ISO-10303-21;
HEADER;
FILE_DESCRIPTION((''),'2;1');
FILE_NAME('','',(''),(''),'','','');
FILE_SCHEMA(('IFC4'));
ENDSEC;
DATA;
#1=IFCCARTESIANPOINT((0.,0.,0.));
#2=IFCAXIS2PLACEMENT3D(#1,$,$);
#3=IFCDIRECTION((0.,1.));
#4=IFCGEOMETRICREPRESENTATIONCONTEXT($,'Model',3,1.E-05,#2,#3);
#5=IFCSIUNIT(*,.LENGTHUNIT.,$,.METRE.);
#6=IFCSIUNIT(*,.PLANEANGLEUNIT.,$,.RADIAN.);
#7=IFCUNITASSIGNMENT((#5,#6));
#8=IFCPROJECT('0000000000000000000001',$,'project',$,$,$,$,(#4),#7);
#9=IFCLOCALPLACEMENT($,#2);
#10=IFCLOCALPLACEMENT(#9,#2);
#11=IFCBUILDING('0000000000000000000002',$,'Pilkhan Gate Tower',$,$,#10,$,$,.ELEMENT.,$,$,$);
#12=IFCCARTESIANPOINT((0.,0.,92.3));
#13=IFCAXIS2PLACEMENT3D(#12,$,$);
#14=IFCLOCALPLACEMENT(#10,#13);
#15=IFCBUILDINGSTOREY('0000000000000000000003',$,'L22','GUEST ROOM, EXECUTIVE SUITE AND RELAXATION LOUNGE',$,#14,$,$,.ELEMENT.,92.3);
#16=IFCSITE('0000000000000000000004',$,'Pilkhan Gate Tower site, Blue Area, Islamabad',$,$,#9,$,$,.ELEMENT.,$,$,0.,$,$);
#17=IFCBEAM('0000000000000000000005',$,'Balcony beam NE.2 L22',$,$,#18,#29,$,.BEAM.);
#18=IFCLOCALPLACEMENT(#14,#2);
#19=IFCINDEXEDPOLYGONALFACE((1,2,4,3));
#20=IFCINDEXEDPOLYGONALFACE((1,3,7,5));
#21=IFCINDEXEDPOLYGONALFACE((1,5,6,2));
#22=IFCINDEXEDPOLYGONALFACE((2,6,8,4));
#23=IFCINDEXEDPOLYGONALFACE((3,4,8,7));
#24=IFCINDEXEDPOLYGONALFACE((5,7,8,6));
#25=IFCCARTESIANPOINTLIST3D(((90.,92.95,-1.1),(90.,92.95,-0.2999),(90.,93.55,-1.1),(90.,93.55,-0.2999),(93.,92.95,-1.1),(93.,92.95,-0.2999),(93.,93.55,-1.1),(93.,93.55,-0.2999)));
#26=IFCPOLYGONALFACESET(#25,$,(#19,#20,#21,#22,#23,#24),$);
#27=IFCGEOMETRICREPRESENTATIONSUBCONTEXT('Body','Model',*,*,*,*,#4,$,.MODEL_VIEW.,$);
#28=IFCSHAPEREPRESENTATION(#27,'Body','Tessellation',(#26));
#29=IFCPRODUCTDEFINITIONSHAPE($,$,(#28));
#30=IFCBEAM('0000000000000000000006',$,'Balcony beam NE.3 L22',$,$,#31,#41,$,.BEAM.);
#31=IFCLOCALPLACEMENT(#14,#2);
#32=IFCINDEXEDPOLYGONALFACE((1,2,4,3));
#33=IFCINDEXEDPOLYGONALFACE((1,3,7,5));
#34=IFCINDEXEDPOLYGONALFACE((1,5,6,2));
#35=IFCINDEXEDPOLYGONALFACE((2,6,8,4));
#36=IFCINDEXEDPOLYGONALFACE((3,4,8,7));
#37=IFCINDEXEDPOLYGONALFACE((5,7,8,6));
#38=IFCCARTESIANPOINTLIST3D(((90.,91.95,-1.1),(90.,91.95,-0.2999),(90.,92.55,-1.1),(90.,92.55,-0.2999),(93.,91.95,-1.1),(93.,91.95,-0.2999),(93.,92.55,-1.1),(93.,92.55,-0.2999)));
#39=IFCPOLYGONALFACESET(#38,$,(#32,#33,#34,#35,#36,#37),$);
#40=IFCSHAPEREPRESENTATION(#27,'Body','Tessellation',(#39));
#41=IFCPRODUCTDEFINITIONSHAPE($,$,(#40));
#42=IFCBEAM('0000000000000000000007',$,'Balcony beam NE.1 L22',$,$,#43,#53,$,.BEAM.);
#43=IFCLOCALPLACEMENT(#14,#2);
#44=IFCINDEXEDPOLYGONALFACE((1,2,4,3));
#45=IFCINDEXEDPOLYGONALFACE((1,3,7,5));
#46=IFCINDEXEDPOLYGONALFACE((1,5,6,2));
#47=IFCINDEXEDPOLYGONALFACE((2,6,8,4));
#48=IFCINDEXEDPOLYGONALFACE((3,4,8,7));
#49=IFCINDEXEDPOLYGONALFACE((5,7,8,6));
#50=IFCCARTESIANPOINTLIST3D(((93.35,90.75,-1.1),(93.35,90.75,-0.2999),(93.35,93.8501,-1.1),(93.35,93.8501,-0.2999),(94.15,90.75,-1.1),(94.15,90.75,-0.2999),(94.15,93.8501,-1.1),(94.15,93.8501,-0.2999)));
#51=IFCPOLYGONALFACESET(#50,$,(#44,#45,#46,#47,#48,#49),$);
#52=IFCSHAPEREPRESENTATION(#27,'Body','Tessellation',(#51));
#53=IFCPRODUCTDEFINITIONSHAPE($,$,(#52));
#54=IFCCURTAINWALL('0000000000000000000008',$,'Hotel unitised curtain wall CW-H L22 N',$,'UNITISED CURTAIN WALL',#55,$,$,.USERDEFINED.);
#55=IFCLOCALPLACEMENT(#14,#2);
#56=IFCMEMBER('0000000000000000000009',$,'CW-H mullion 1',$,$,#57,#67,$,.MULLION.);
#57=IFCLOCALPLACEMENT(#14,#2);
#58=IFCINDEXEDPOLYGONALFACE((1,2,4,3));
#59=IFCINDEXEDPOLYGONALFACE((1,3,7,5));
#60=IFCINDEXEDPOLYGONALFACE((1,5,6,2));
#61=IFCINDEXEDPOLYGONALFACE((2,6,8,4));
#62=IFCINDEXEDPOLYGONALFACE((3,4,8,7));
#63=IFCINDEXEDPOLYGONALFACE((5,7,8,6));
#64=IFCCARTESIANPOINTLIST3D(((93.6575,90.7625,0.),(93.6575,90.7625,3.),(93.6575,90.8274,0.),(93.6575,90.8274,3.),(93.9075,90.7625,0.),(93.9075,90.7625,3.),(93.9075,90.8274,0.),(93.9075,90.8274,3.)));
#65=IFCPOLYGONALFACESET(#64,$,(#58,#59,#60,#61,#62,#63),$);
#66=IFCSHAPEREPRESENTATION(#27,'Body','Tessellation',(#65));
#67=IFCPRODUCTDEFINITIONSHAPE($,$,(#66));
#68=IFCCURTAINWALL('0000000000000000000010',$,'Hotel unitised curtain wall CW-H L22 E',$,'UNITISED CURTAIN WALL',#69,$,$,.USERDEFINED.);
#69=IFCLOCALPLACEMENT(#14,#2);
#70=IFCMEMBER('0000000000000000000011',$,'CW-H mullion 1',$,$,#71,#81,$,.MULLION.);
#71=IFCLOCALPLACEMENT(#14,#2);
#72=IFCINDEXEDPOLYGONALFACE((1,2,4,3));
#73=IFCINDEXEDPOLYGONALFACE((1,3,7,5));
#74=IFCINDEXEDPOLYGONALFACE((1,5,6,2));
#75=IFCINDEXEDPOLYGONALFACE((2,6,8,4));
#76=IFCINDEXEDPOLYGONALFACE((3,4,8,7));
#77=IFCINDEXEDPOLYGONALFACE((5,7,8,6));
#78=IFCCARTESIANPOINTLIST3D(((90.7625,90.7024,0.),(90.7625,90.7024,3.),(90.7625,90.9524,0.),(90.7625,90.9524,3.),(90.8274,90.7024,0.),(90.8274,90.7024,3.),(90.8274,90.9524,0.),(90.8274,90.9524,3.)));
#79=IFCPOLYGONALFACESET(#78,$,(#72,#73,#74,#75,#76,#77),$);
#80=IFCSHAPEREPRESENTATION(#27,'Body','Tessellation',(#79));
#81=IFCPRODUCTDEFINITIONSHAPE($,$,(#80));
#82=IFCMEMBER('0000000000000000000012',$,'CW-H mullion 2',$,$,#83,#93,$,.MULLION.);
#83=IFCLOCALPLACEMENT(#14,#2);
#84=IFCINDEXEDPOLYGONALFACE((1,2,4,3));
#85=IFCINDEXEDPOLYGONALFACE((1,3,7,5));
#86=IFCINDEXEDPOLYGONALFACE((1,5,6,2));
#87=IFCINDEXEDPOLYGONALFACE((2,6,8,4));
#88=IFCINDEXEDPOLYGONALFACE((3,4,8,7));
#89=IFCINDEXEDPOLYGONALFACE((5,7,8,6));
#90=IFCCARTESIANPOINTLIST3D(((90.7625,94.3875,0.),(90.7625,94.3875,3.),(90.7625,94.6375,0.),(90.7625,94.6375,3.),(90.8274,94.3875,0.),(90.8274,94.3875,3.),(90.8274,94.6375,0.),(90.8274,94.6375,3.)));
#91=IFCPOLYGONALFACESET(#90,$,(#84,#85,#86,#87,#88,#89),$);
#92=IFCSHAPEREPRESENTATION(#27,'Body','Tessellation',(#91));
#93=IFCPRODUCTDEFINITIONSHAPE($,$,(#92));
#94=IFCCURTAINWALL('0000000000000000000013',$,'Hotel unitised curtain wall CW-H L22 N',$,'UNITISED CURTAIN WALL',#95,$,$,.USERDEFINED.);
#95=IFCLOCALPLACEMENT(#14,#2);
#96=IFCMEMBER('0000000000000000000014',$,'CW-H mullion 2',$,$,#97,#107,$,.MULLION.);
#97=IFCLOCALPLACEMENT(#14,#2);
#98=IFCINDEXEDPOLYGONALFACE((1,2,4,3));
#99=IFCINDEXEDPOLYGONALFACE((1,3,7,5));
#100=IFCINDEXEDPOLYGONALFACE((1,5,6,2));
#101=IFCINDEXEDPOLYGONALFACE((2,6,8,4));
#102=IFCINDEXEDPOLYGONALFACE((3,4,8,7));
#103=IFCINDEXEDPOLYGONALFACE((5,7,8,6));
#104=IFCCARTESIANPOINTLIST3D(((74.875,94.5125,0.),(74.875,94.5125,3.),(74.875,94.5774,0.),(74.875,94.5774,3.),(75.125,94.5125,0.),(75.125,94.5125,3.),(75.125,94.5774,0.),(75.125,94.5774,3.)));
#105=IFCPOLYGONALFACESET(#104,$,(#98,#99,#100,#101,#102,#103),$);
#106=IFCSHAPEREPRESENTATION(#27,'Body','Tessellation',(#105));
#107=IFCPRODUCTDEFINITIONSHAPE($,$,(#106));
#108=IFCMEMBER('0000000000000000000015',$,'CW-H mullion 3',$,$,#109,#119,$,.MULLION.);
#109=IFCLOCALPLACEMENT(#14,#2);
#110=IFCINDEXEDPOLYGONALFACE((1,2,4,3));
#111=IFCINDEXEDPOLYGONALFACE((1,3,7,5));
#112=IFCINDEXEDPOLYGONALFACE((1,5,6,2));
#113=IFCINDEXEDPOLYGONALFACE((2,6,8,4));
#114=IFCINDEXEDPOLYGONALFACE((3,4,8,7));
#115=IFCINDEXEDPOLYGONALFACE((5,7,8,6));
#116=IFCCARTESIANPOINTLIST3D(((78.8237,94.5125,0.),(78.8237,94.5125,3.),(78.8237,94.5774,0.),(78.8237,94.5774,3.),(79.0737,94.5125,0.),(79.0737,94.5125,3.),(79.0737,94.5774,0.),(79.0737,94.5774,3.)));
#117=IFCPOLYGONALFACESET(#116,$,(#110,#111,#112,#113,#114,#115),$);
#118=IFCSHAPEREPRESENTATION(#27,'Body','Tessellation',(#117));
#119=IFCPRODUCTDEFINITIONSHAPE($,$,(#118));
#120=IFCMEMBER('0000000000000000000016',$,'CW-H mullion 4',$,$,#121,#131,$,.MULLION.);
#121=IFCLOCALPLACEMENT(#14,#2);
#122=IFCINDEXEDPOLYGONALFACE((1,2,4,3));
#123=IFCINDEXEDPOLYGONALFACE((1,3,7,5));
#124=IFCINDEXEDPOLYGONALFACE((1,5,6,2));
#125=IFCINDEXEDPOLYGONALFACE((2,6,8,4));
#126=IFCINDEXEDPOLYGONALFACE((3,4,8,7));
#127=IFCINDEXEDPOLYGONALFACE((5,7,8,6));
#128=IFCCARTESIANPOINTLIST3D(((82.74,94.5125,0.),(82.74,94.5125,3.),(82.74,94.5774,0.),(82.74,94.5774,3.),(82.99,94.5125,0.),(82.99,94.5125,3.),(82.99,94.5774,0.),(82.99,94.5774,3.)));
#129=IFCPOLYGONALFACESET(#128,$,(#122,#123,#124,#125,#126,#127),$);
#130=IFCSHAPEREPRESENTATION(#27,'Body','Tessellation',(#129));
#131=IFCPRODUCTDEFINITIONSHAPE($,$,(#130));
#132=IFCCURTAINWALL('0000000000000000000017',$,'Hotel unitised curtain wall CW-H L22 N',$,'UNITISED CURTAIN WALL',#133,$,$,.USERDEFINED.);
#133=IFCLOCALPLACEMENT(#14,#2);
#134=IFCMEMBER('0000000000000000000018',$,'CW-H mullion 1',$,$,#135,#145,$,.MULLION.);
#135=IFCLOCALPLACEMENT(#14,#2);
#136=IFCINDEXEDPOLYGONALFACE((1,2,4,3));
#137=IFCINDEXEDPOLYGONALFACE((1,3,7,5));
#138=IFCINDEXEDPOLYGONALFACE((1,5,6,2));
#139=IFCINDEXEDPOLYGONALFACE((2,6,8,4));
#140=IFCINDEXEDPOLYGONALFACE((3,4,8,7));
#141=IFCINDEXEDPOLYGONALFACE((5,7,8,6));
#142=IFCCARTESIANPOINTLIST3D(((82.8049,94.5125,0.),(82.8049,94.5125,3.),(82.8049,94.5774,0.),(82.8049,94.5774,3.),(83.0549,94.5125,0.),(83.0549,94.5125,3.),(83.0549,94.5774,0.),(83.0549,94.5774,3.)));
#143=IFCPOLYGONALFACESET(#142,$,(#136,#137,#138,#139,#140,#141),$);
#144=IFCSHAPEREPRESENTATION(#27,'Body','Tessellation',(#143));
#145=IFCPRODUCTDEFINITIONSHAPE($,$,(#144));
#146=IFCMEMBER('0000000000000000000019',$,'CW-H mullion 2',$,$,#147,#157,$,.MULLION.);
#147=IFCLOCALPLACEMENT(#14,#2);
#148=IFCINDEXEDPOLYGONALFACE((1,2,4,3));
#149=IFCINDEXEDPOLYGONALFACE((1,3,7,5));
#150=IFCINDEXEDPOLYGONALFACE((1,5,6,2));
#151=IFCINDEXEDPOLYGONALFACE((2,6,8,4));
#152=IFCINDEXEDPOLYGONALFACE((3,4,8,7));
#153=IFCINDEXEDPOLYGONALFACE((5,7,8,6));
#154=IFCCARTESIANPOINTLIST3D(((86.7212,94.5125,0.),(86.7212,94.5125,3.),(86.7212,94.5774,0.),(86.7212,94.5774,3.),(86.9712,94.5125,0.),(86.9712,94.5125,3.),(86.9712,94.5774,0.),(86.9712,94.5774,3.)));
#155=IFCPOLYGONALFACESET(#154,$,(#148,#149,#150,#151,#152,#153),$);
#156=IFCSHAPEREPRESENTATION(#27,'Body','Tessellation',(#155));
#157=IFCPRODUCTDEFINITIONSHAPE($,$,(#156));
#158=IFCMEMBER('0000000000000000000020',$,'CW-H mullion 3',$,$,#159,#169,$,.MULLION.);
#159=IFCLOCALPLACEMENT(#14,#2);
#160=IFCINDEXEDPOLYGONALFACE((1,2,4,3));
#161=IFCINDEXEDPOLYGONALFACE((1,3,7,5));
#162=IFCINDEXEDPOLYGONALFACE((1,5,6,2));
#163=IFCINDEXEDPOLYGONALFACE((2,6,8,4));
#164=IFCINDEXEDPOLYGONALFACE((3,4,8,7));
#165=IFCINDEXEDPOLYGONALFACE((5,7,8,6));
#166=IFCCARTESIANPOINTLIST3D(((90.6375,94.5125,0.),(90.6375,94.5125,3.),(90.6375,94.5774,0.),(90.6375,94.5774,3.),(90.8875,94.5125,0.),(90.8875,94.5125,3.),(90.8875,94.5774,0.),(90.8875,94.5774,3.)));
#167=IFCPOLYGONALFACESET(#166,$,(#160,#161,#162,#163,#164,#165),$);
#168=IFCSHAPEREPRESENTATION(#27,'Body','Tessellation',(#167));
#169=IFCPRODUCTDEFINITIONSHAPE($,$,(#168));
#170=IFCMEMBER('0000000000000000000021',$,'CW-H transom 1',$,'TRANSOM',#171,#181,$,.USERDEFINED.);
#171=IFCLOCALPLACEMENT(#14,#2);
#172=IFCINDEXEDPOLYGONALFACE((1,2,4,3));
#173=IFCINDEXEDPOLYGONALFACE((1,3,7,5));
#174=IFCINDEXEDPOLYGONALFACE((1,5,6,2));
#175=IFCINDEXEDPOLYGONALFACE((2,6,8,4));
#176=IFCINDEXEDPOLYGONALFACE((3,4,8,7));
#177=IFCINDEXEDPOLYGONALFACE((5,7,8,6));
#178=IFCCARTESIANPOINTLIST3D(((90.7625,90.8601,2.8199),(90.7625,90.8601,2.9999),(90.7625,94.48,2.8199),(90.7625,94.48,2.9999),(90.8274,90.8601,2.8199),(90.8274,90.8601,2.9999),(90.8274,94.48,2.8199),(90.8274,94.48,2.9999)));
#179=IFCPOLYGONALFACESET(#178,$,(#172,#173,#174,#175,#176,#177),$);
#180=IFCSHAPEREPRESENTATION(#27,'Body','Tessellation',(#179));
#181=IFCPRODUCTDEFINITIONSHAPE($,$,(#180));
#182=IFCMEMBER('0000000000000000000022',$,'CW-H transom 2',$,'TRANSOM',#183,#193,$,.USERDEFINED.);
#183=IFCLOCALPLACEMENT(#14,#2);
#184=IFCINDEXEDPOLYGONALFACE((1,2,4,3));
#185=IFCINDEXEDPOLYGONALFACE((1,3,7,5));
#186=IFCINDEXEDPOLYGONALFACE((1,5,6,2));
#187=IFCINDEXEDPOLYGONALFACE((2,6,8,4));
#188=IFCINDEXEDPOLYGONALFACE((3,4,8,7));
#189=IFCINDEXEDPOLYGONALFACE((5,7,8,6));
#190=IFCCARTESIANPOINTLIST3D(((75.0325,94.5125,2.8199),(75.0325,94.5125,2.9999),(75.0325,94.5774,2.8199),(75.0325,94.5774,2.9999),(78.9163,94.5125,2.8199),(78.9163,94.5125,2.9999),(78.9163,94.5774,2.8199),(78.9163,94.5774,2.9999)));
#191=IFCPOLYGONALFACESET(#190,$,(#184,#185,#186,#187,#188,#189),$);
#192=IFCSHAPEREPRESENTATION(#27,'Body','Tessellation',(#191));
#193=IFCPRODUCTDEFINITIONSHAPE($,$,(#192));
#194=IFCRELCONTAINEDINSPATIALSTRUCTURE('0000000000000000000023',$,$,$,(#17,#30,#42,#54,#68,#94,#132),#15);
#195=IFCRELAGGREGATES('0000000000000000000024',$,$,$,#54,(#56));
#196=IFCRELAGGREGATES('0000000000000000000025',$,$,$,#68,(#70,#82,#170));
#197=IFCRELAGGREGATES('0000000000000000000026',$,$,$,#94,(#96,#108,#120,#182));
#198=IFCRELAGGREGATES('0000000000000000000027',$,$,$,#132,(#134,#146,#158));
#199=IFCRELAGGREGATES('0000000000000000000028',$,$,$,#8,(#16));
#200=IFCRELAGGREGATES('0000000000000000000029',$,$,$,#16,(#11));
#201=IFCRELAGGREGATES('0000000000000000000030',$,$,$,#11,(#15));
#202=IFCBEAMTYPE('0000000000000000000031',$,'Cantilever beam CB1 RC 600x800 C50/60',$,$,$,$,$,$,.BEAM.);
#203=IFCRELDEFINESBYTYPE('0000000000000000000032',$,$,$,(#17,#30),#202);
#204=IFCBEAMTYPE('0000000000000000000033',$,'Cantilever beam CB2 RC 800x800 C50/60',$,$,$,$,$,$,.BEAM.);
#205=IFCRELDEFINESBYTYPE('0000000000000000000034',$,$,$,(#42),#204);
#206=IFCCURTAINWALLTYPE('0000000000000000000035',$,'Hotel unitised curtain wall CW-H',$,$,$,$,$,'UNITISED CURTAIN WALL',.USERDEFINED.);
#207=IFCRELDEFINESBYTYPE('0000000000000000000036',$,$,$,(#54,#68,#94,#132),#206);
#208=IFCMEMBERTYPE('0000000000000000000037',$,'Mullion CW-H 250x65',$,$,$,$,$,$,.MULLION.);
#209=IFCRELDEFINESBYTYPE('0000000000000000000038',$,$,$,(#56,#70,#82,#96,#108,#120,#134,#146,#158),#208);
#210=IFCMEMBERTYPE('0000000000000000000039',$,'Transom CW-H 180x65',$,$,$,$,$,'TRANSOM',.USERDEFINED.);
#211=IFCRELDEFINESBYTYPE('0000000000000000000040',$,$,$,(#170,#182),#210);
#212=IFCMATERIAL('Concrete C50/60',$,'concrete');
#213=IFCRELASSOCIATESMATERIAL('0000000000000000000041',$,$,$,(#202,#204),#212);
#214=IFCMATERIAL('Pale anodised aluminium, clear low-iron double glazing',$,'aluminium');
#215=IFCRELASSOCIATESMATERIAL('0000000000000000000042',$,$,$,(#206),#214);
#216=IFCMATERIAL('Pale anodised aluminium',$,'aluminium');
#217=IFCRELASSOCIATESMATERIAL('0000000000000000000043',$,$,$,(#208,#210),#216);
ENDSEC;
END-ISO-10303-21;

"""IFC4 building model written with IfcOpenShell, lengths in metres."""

from ifc_helpers import new_model, si_unit, direction, frame, origin, origin_2d, place, context, subcontext, project, spatial, rectangle, extrude, material, material_profile, profile_set, type_object, element, aggregate, save


model = new_model("IFC4")

# Units and contexts
model_context = context("Model", 3, precision=1e-05, world=origin(), true_north=direction((0.0, 1.0)))
body_context = subcontext(model_context, "Body", "Model", "MODEL_VIEW")
ifc_project = project(units=[si_unit("LENGTHUNIT", "METRE"), si_unit("PLANEANGLEUNIT", "RADIAN")], contexts=[model_context])

# Site, building, storey
site_placement = place(None, origin())
site = spatial("IfcSite", under=ifc_project, at=site_placement, Name="Pilkhan Gate Tower site, Blue Area, Islamabad", CompositionType="ELEMENT", RefElevation=0.0)
building_placement = place(site_placement, origin())
building = spatial("IfcBuilding", under=site, at=building_placement, Name="Pilkhan Gate Tower", CompositionType="ELEMENT")
storey_placement = place(building_placement, frame((0.0, 0.0, 92.3)))
storey = spatial("IfcBuildingStorey", under=building, at=storey_placement, Name="L22", Description="GUEST ROOM, EXECUTIVE SUITE AND RELAXATION LOUNGE", CompositionType="ELEMENT", Elevation=92.3)

# Beams
ifc_material_1 = material(Name="Concrete C50/60", Category="concrete")
ifc_material_profile_1 = material_profile(ifc_material_1, rectangle(XDim=0.6001, YDim=0.8, at=origin_2d()), Name="RC 600x800")
ifc_profile_set_1 = profile_set([ifc_material_profile_1], Name="Concrete C50/60")
beam_type_1 = type_object("IfcBeamType", Name="Cantilever beam CB1 RC 600x800 C50/60", PredefinedType="BEAM", material=ifc_profile_set_1)
for number, where, z_axis, x_axis, name in (
    (1, (90.0, 93.25, -0.7), (1.0, 0.0, 0.0), (0.0, 1.0, 0.0), "Balcony beam NE.2 L22"),
    (2, (90.0, 92.25, -0.7), (1.0, 0.0, 0.0), (0.0, 1.0, 0.0), "Balcony beam NE.3 L22"),
):
    element("IfcBeam", number, at=place(storey_placement, frame(where, z_axis=z_axis, x_axis=x_axis)), inside=storey, type_object=beam_type_1, Name=name, PredefinedType="BEAM", context=body_context, shape_type="SweptSolid", body=[
        extrude(rectangle(XDim=0.6001, YDim=0.8, at=origin_2d()), origin(), (0.0, 0.0, 1.0), 3.0),
    ])
ifc_material_profile_2 = material_profile(ifc_material_1, rectangle(XDim=0.8, YDim=0.8, at=origin_2d()), Name="RC 800x800")
ifc_profile_set_2 = profile_set([ifc_material_profile_2], Name="Concrete C50/60")
beam_type_2 = type_object("IfcBeamType", Name="Cantilever beam CB2 RC 800x800 C50/60", PredefinedType="BEAM", material=ifc_profile_set_2)
beam_placement = place(storey_placement, frame((93.75, 90.75, -0.7), z_axis=(0.0, 1.0, 0.0), x_axis=(-1.0, 0.0, 0.0)))
element("IfcBeam", 3, at=beam_placement, inside=storey, type_object=beam_type_2, Name="Balcony beam NE.1 L22", PredefinedType="BEAM", context=body_context, shape_type="SweptSolid", body=[
    extrude(rectangle(XDim=0.8, YDim=0.8, at=origin_2d()), origin(), (0.0, 0.0, 1.0), 3.1001),
])

# Curtain wall, member
ifc_material_2 = material(Name="Pale anodised aluminium, clear low-iron double glazing", Category="aluminium")
curtain_wall_type = type_object("IfcCurtainWallType", Name="Hotel unitised curtain wall CW-H", ElementType="UNITISED CURTAIN WALL", PredefinedType="USERDEFINED", material=ifc_material_2)
curtain_wall_1_placement = place(storey_placement, origin())
curtain_wall_1 = element("IfcCurtainWall", 4, at=curtain_wall_1_placement, inside=storey, type_object=curtain_wall_type, Name="Hotel unitised curtain wall CW-H L22 N", ObjectType="UNITISED CURTAIN WALL", PredefinedType="USERDEFINED")
ifc_material_3 = material(Name="Pale anodised aluminium", Category="aluminium")
ifc_material_profile_3 = material_profile(ifc_material_3, rectangle(XDim=0.0649, YDim=0.25, at=origin_2d()), Name="Mullion 250x65")
ifc_profile_set_3 = profile_set([ifc_material_profile_3], Name="Pale anodised aluminium")
member_type_1 = type_object("IfcMemberType", Name="Mullion CW-H 250x65", PredefinedType="MULLION", material=ifc_profile_set_3)
member_1_placement = place(storey_placement, frame((93.7825, 90.7949, 0.0), z_axis=(0.0, 0.0, 1.0), x_axis=(0.0, 1.0, 0.0)))
member_1 = element("IfcMember", 5, at=member_1_placement, type_object=member_type_1, Name="CW-H mullion 1", PredefinedType="MULLION", context=body_context, shape_type="SweptSolid", body=[
    extrude(rectangle(XDim=0.0649, YDim=0.25, at=origin_2d()), origin(), (0.0, 0.0, 1.0), 3.0),
])
aggregate(curtain_wall_1, [member_1])

# Curtain walls, members
curtain_wall_2_placement = place(storey_placement, origin())
curtain_wall_2 = element("IfcCurtainWall", 6, at=curtain_wall_2_placement, inside=storey, type_object=curtain_wall_type, Name="Hotel unitised curtain wall CW-H L22 E", ObjectType="UNITISED CURTAIN WALL", PredefinedType="USERDEFINED")
member_2_placement = place(storey_placement, frame((90.7949, 90.8274, 0.0), z_axis=(0.0, 0.0, 1.0), x_axis=(-1.0, 0.0, 0.0)))
member_2 = element("IfcMember", 7, at=member_2_placement, type_object=member_type_1, Name="CW-H mullion 1", PredefinedType="MULLION", context=body_context, shape_type="SweptSolid", body=[
    extrude(rectangle(XDim=0.0649, YDim=0.25, at=origin_2d()), origin(), (0.0, 0.0, 1.0), 3.0),
])
member_3_placement = place(storey_placement, frame((90.7949, 94.5125, 0.0), z_axis=(0.0, 0.0, 1.0), x_axis=(-1.0, 0.0, 0.0)))
member_3 = element("IfcMember", 8, at=member_3_placement, type_object=member_type_1, Name="CW-H mullion 2", PredefinedType="MULLION", context=body_context, shape_type="SweptSolid", body=[
    extrude(rectangle(XDim=0.0649, YDim=0.25, at=origin_2d()), origin(), (0.0, 0.0, 1.0), 3.0),
])
curtain_wall_3_placement = place(storey_placement, origin())
curtain_wall_3 = element("IfcCurtainWall", 9, at=curtain_wall_3_placement, inside=storey, type_object=curtain_wall_type, Name="Hotel unitised curtain wall CW-H L22 N", ObjectType="UNITISED CURTAIN WALL", PredefinedType="USERDEFINED")
member_4_placement = place(storey_placement, frame((75.0, 94.5449, 0.0), z_axis=(0.0, 0.0, 1.0), x_axis=(0.0, 1.0, 0.0)))
member_4 = element("IfcMember", 10, at=member_4_placement, type_object=member_type_1, Name="CW-H mullion 2", PredefinedType="MULLION", context=body_context, shape_type="SweptSolid", body=[
    extrude(rectangle(XDim=0.0649, YDim=0.25, at=origin_2d()), origin(), (0.0, 0.0, 1.0), 3.0),
])
member_5_placement = place(storey_placement, frame((78.9487, 94.5449, 0.0), z_axis=(0.0, 0.0, 1.0), x_axis=(0.0, 1.0, 0.0)))
member_5 = element("IfcMember", 11, at=member_5_placement, type_object=member_type_1, Name="CW-H mullion 3", PredefinedType="MULLION", context=body_context, shape_type="SweptSolid", body=[
    extrude(rectangle(XDim=0.0649, YDim=0.25, at=origin_2d()), origin(), (0.0, 0.0, 1.0), 3.0),
])
member_6_placement = place(storey_placement, frame((82.865, 94.5449, 0.0), z_axis=(0.0, 0.0, 1.0), x_axis=(0.0, 1.0, 0.0)))
member_6 = element("IfcMember", 12, at=member_6_placement, type_object=member_type_1, Name="CW-H mullion 4", PredefinedType="MULLION", context=body_context, shape_type="SweptSolid", body=[
    extrude(rectangle(XDim=0.0649, YDim=0.25, at=origin_2d()), origin(), (0.0, 0.0, 1.0), 3.0),
])
curtain_wall_4_placement = place(storey_placement, origin())
curtain_wall_4 = element("IfcCurtainWall", 13, at=curtain_wall_4_placement, inside=storey, type_object=curtain_wall_type, Name="Hotel unitised curtain wall CW-H L22 N", ObjectType="UNITISED CURTAIN WALL", PredefinedType="USERDEFINED")
member_7_placement = place(storey_placement, frame((82.9299, 94.5449, 0.0), z_axis=(0.0, 0.0, 1.0), x_axis=(0.0, 1.0, 0.0)))
member_7 = element("IfcMember", 14, at=member_7_placement, type_object=member_type_1, Name="CW-H mullion 1", PredefinedType="MULLION", context=body_context, shape_type="SweptSolid", body=[
    extrude(rectangle(XDim=0.0649, YDim=0.25, at=origin_2d()), origin(), (0.0, 0.0, 1.0), 3.0),
])
member_8_placement = place(storey_placement, frame((86.8462, 94.5449, 0.0), z_axis=(0.0, 0.0, 1.0), x_axis=(0.0, 1.0, 0.0)))
member_8 = element("IfcMember", 15, at=member_8_placement, type_object=member_type_1, Name="CW-H mullion 2", PredefinedType="MULLION", context=body_context, shape_type="SweptSolid", body=[
    extrude(rectangle(XDim=0.0649, YDim=0.25, at=origin_2d()), origin(), (0.0, 0.0, 1.0), 3.0),
])
member_9_placement = place(storey_placement, frame((90.7625, 94.5449, 0.0), z_axis=(0.0, 0.0, 1.0), x_axis=(0.0, 1.0, 0.0)))
member_9 = element("IfcMember", 16, at=member_9_placement, type_object=member_type_1, Name="CW-H mullion 3", PredefinedType="MULLION", context=body_context, shape_type="SweptSolid", body=[
    extrude(rectangle(XDim=0.0649, YDim=0.25, at=origin_2d()), origin(), (0.0, 0.0, 1.0), 3.0),
])

# Members
ifc_material_profile_4 = material_profile(ifc_material_3, rectangle(XDim=0.0649, YDim=0.1799, at=origin_2d()), Name="Transom 180x65")
ifc_profile_set_4 = profile_set([ifc_material_profile_4], Name="Pale anodised aluminium")
member_type_2 = type_object("IfcMemberType", Name="Transom CW-H 180x65", ElementType="TRANSOM", PredefinedType="USERDEFINED", material=ifc_profile_set_4)
member_10_placement = place(storey_placement, frame((90.7949, 90.8601, 2.9099), z_axis=(0.0, 1.0, 0.0), x_axis=(-1.0, 0.0, 0.0)))
member_10 = element("IfcMember", 17, at=member_10_placement, type_object=member_type_2, Name="CW-H transom 1", ObjectType="TRANSOM", PredefinedType="USERDEFINED", context=body_context, shape_type="SweptSolid", body=[
    extrude(rectangle(XDim=0.0649, YDim=0.1799, at=origin_2d()), origin(), (0.0, 0.0, 1.0), 3.6199),
])
member_11_placement = place(storey_placement, frame((75.0325, 94.5449, 2.9099), z_axis=(1.0, 0.0, 0.0), x_axis=(0.0, 1.0, 0.0)))
member_11 = element("IfcMember", 18, at=member_11_placement, type_object=member_type_2, Name="CW-H transom 2", ObjectType="TRANSOM", PredefinedType="USERDEFINED", context=body_context, shape_type="SweptSolid", body=[
    extrude(rectangle(XDim=0.0649, YDim=0.1799, at=origin_2d()), origin(), (0.0, 0.0, 1.0), 3.8838),
])

aggregate(curtain_wall_2, [member_2, member_3, member_10])
aggregate(curtain_wall_3, [member_4, member_5, member_6, member_11])
aggregate(curtain_wall_4, [member_7, member_8, member_9])

save(model, "model.ifc")
